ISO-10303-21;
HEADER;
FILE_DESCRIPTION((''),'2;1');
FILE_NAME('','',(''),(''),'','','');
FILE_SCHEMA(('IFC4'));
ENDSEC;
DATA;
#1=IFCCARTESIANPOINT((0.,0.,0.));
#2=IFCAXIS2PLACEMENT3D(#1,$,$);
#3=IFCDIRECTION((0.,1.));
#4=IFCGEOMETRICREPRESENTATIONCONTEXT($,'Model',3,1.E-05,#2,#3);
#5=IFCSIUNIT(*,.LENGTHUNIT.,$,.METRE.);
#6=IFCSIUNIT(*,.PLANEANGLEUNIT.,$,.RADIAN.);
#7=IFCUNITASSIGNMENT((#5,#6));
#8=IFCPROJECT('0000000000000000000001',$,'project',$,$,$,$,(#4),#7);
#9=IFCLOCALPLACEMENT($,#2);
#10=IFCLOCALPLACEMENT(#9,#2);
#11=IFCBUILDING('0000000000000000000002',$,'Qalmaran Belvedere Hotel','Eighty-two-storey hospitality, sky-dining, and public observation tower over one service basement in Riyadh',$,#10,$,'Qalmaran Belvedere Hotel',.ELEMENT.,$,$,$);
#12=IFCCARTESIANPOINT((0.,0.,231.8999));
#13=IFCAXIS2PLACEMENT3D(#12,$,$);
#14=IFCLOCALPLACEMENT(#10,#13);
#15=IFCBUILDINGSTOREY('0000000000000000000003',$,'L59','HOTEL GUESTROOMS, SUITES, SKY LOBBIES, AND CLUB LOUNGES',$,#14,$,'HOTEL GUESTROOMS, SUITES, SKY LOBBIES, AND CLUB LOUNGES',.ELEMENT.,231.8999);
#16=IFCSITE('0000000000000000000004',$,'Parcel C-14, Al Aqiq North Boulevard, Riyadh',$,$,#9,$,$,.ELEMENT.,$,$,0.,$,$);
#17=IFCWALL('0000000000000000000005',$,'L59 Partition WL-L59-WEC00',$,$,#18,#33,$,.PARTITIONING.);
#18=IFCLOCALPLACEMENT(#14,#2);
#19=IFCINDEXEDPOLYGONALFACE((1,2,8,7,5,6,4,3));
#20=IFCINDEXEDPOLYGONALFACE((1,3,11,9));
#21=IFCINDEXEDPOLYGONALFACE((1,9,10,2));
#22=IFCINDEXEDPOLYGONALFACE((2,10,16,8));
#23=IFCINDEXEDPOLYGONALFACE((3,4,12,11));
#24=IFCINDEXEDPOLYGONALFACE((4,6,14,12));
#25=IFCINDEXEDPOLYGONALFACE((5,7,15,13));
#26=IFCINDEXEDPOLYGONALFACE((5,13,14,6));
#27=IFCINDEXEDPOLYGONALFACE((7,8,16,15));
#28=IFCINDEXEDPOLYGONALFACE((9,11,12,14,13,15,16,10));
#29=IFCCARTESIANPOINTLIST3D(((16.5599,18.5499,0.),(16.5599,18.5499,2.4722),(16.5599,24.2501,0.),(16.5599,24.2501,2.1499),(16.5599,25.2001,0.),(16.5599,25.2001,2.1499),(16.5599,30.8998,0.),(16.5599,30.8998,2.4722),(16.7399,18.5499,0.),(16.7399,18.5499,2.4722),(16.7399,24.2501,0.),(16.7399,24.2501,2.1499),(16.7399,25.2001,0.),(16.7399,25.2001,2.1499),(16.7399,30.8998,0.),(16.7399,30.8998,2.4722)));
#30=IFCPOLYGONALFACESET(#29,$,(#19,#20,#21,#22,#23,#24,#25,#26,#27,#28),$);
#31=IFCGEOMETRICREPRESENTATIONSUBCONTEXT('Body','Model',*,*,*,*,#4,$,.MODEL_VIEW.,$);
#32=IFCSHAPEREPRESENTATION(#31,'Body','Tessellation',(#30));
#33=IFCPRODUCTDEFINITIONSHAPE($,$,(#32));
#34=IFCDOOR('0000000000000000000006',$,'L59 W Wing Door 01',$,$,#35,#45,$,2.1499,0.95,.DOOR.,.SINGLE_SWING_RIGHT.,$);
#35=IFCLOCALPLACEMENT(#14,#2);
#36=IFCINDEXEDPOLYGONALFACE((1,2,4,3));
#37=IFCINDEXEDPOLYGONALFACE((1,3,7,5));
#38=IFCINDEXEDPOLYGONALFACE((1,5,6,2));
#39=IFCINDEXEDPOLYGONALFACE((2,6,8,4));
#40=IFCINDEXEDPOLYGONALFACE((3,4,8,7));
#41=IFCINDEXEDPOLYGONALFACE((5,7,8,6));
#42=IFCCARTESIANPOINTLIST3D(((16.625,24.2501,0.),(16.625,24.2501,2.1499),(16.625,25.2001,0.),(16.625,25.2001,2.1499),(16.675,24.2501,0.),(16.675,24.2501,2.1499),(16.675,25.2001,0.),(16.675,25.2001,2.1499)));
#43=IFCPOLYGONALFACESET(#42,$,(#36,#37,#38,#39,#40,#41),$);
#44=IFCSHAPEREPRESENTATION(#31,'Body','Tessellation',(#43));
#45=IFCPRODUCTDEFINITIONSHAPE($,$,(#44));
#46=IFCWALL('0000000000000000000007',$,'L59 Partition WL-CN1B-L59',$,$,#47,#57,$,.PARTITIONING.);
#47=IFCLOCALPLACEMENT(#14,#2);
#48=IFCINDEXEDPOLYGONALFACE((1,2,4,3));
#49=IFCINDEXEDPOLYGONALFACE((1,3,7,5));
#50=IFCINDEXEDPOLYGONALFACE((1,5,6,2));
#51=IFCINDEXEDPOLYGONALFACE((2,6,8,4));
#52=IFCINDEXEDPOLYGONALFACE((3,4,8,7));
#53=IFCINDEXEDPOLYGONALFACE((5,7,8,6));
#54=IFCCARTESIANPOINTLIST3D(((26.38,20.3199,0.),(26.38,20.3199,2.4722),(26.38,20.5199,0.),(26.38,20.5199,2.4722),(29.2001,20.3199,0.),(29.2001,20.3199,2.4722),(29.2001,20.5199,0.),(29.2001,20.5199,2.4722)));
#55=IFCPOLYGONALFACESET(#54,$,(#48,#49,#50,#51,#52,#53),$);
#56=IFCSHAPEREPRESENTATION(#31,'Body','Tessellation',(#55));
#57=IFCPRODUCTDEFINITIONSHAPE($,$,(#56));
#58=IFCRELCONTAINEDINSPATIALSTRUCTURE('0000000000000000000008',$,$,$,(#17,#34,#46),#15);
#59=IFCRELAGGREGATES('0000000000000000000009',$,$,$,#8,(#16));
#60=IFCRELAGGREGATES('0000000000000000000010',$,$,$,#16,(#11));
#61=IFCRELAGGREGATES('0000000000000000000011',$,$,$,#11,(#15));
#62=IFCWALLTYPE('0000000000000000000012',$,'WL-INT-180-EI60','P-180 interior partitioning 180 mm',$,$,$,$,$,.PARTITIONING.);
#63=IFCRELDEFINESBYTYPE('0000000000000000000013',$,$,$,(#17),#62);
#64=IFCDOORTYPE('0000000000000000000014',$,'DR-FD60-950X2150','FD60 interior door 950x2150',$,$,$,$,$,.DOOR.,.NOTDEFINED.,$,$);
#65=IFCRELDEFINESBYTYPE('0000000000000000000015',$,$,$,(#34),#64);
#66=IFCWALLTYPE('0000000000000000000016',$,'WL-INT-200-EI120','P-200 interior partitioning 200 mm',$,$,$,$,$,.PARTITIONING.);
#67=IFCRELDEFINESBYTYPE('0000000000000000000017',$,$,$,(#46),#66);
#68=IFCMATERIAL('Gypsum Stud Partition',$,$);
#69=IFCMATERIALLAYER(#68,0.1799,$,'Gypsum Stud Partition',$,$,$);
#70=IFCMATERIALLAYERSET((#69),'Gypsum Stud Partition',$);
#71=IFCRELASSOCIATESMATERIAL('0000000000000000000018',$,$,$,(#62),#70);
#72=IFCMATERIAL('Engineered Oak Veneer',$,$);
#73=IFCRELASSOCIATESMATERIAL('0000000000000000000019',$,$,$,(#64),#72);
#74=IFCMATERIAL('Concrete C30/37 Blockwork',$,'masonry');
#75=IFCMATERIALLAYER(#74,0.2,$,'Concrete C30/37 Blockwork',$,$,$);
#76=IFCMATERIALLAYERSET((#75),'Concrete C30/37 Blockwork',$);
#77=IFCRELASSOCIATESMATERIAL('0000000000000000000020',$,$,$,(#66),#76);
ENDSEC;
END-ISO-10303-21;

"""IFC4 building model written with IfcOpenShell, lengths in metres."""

from ifc_helpers import new_model, si_unit, direction, frame, frame_2d, origin, place, context, subcontext, project, spatial, rectangle, extrude, material, layer, layer_set, type_object, element, fill, save


model = new_model("IFC4")

# Units and contexts
model_context = context("Model", 3, precision=1e-05, world=origin(), true_north=direction((0.0, 1.0)))
body_context = subcontext(model_context, "Body", "Model", "MODEL_VIEW")
ifc_project = project(units=[si_unit("LENGTHUNIT", "METRE"), si_unit("PLANEANGLEUNIT", "RADIAN")], contexts=[model_context])

# Site, building, storey
site_placement = place(None, origin())
site = spatial("IfcSite", under=ifc_project, at=site_placement, Name="Parcel C-14, Al Aqiq North Boulevard, Riyadh", CompositionType="ELEMENT", RefElevation=0.0)
building_placement = place(site_placement, origin())
building = spatial("IfcBuilding", under=site, at=building_placement, Name="Qalmaran Belvedere Hotel", Description="Eighty-two-storey hospitality, sky-dining, and public observation tower over one service basement in Riyadh", LongName="Qalmaran Belvedere Hotel", CompositionType="ELEMENT")
storey_placement = place(building_placement, frame((0.0, 0.0, 231.8999)))
storey = spatial("IfcBuildingStorey", under=building, at=storey_placement, Name="L59", Description="HOTEL GUESTROOMS, SUITES, SKY LOBBIES, AND CLUB LOUNGES", LongName="HOTEL GUESTROOMS, SUITES, SKY LOBBIES, AND CLUB LOUNGES", CompositionType="ELEMENT", Elevation=231.8999)

# Shared definitions
ifc_material_1 = material(Name="Gypsum Stud Partition")

# Shared definitions
ifc_layer_1 = layer(ifc_material_1, 0.1799, Name="Gypsum Stud Partition")
ifc_layer_set_1 = layer_set([ifc_layer_1], Name="Gypsum Stud Partition")
wall_type_1 = type_object("IfcWallType", Name="WL-INT-180-EI60", Description="P-180 interior partitioning 180 mm", PredefinedType="PARTITIONING", material=ifc_layer_set_1)
ifc_material_2 = material(Name="Engineered Oak Veneer")
door_type_1 = type_object("IfcDoorType", Name="DR-FD60-950X2150", Description="FD60 interior door 950x2150", OperationType="NOTDEFINED", PredefinedType="DOOR", material=ifc_material_2)

# Wall, opening, door
wall_1_placement = place(storey_placement, frame((16.6499, 18.55, 0.0), z_axis=(0.0, 0.0, 1.0), x_axis=(0.0, 1.0, 0.0)))
wall_1 = element("IfcWall", 1, at=wall_1_placement, inside=storey, type_object=wall_type_1, Name="L59 Partition WL-L59-WEC00", PredefinedType="PARTITIONING", context=body_context, shape_type="SweptSolid", body=[
    extrude(rectangle(XDim=12.3499, YDim=0.1799, at=frame_2d((6.1748, 0.0))), origin(), (0.0, 0.0, 1.0), 2.4722),
])
opening_1_placement = place(wall_1_placement, frame((5.7, 0.0, 0.0)))
opening_1 = element("IfcOpeningElement", 2, at=opening_1_placement, cuts=wall_1, PredefinedType="OPENING", context=body_context, shape_type="SweptSolid", body=[
    extrude(rectangle(XDim=0.95, YDim=2.1499, at=frame_2d((0.4751, 1.075))), frame((0.0, 0.1001, 0.0), z_axis=(0.0, -1.0, 0.0), x_axis=(1.0, 0.0, 0.0)), (0.0, 0.0, 1.0), 0.2),
])
door_1_placement = place(opening_1_placement, origin())
door_1 = element("IfcDoor", 3, at=door_1_placement, inside=storey, type_object=door_type_1, Name="L59 W Wing Door 01", OperationType="SINGLE_SWING_RIGHT", OverallHeight=2.1499, OverallWidth=0.95, PredefinedType="DOOR", context=body_context, shape_type="SweptSolid", body=[
    extrude(rectangle(XDim=0.95, YDim=2.1499, at=frame_2d((0.4751, 1.075))), frame((0.0, 0.0249, 0.0), z_axis=(0.0, -1.0, 0.0), x_axis=(1.0, 0.0, 0.0)), (0.0, 0.0, 1.0), 0.05),
])
fill(opening_1, door_1)
ifc_material_3 = material(Name="Concrete C30/37 Blockwork", Category="masonry")
ifc_layer_2 = layer(ifc_material_3, 0.2, Name="Concrete C30/37 Blockwork")
ifc_layer_set_2 = layer_set([ifc_layer_2], Name="Concrete C30/37 Blockwork")
wall_type_2 = type_object("IfcWallType", Name="WL-INT-200-EI120", Description="P-200 interior partitioning 200 mm", PredefinedType="PARTITIONING", material=ifc_layer_set_2)

# Wall
wall_2_placement = place(storey_placement, frame((26.3799, 20.4199, 0.0), z_axis=(0.0, 0.0, 1.0), x_axis=(1.0, 0.0, 0.0)))
element("IfcWall", 4, at=wall_2_placement, inside=storey, type_object=wall_type_2, Name="L59 Partition WL-CN1B-L59", PredefinedType="PARTITIONING", context=body_context, shape_type="SweptSolid", body=[
    extrude(rectangle(XDim=2.8201, YDim=0.2, at=frame_2d((1.4102, 0.0))), origin(), (0.0, 0.0, 1.0), 2.4722),
])

save(model, "model.ifc")
